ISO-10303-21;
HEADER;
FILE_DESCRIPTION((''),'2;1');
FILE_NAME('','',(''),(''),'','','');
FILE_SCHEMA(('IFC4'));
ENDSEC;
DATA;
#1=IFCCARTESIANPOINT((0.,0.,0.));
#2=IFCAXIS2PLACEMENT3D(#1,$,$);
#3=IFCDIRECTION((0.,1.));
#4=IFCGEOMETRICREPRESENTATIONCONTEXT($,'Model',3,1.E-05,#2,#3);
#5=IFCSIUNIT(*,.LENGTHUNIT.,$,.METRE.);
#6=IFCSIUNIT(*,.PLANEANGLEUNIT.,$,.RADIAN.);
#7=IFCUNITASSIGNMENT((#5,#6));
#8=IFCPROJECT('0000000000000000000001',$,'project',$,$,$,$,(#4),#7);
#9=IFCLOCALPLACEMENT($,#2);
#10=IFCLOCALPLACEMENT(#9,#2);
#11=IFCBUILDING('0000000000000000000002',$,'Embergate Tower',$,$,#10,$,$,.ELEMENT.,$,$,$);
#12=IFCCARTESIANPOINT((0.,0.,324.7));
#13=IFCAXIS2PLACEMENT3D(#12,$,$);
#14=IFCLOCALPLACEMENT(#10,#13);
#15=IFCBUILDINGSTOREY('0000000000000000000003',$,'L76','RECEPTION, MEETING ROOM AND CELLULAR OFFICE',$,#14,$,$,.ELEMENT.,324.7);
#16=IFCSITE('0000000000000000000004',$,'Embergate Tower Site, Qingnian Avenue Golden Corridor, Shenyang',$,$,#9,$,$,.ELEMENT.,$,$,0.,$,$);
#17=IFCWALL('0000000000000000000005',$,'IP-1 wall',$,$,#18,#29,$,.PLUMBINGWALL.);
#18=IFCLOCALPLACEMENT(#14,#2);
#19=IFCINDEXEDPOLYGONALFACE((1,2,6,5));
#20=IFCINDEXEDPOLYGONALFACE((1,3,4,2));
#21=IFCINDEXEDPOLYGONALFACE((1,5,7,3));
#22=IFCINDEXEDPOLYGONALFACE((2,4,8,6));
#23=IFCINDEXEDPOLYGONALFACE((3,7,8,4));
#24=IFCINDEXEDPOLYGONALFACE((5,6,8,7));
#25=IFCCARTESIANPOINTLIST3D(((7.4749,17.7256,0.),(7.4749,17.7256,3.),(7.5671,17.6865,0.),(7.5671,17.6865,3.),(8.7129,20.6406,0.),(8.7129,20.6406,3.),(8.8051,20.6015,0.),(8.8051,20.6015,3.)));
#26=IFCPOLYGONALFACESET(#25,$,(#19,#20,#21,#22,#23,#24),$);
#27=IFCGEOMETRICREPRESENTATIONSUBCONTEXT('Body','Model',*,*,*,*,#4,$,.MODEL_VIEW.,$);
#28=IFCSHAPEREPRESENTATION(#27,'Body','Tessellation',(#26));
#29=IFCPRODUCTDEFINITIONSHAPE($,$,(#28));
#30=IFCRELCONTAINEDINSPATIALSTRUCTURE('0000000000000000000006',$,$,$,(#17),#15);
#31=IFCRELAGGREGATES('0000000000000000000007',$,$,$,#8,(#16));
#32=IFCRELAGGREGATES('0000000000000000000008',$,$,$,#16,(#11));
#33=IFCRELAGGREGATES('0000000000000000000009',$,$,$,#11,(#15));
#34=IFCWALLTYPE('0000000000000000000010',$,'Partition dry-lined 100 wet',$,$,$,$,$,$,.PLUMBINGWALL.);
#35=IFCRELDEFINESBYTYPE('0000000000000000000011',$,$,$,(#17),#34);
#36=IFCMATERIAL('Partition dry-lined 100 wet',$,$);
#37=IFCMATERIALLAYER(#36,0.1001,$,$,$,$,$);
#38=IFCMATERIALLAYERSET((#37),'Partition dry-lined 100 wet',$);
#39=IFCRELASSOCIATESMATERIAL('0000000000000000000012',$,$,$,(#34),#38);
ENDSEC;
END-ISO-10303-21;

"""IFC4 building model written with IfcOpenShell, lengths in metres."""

from ifc_helpers import new_model, si_unit, direction, frame, frame_2d, origin, place, context, subcontext, project, spatial, rectangle, extrude, source, transform, mapped, material, layer, layer_set, type_object, element, save


model = new_model("IFC4")

# Units and contexts
model_context = context("Model", 3, precision=1e-05, world=origin(), true_north=direction((0.0, 1.0)))
body_context = subcontext(model_context, "Body", "Model", "MODEL_VIEW")
ifc_project = project(units=[si_unit("LENGTHUNIT", "METRE"), si_unit("PLANEANGLEUNIT", "RADIAN")], contexts=[model_context])

# Site, building, storey
site_placement = place(None, origin())
site = spatial("IfcSite", under=ifc_project, at=site_placement, Name="Embergate Tower Site, Qingnian Avenue Golden Corridor, Shenyang", CompositionType="ELEMENT", RefElevation=0.0)
building_placement = place(site_placement, origin())
building = spatial("IfcBuilding", under=site, at=building_placement, Name="Embergate Tower", CompositionType="ELEMENT")
storey_placement = place(building_placement, frame((0.0, 0.0, 324.7)))
storey = spatial("IfcBuildingStorey", under=building, at=storey_placement, Name="L76", Description="RECEPTION, MEETING ROOM AND CELLULAR OFFICE", CompositionType="ELEMENT", Elevation=324.7)

# Wall
ifc_material_1 = material(Name="Partition dry-lined 100 wet")
ifc_layer_1 = layer(ifc_material_1, 0.1001)
ifc_layer_set_1 = layer_set([ifc_layer_1], Name="Partition dry-lined 100 wet")
wall_type_1 = type_object("IfcWallType", Name="Partition dry-lined 100 wet", PredefinedType="PLUMBINGWALL", material=ifc_layer_set_1)
shared_shape_1 = source(origin(), body_context, "Body", "SweptSolid", [
    extrude(rectangle(XDim=3.167, YDim=0.1001, at=frame_2d((1.5835, 0.0))), origin(), (0.0, 0.0, 1.0), 3.0),
])
wall_1_placement = place(storey_placement, frame((7.521, 17.7061, 0.0), z_axis=(0.0, 0.0, 1.0), x_axis=(0.390912, 0.920428, 0.0)))
element("IfcWall", 1, at=wall_1_placement, inside=storey, type_object=wall_type_1, Name="IP-1 wall", PredefinedType="PLUMBINGWALL", context=body_context, shape_type="MappedRepresentation", body=[
    mapped(shared_shape_1, transform((0.0, 0.0, 0.0))),
])

save(model, "model.ifc")
